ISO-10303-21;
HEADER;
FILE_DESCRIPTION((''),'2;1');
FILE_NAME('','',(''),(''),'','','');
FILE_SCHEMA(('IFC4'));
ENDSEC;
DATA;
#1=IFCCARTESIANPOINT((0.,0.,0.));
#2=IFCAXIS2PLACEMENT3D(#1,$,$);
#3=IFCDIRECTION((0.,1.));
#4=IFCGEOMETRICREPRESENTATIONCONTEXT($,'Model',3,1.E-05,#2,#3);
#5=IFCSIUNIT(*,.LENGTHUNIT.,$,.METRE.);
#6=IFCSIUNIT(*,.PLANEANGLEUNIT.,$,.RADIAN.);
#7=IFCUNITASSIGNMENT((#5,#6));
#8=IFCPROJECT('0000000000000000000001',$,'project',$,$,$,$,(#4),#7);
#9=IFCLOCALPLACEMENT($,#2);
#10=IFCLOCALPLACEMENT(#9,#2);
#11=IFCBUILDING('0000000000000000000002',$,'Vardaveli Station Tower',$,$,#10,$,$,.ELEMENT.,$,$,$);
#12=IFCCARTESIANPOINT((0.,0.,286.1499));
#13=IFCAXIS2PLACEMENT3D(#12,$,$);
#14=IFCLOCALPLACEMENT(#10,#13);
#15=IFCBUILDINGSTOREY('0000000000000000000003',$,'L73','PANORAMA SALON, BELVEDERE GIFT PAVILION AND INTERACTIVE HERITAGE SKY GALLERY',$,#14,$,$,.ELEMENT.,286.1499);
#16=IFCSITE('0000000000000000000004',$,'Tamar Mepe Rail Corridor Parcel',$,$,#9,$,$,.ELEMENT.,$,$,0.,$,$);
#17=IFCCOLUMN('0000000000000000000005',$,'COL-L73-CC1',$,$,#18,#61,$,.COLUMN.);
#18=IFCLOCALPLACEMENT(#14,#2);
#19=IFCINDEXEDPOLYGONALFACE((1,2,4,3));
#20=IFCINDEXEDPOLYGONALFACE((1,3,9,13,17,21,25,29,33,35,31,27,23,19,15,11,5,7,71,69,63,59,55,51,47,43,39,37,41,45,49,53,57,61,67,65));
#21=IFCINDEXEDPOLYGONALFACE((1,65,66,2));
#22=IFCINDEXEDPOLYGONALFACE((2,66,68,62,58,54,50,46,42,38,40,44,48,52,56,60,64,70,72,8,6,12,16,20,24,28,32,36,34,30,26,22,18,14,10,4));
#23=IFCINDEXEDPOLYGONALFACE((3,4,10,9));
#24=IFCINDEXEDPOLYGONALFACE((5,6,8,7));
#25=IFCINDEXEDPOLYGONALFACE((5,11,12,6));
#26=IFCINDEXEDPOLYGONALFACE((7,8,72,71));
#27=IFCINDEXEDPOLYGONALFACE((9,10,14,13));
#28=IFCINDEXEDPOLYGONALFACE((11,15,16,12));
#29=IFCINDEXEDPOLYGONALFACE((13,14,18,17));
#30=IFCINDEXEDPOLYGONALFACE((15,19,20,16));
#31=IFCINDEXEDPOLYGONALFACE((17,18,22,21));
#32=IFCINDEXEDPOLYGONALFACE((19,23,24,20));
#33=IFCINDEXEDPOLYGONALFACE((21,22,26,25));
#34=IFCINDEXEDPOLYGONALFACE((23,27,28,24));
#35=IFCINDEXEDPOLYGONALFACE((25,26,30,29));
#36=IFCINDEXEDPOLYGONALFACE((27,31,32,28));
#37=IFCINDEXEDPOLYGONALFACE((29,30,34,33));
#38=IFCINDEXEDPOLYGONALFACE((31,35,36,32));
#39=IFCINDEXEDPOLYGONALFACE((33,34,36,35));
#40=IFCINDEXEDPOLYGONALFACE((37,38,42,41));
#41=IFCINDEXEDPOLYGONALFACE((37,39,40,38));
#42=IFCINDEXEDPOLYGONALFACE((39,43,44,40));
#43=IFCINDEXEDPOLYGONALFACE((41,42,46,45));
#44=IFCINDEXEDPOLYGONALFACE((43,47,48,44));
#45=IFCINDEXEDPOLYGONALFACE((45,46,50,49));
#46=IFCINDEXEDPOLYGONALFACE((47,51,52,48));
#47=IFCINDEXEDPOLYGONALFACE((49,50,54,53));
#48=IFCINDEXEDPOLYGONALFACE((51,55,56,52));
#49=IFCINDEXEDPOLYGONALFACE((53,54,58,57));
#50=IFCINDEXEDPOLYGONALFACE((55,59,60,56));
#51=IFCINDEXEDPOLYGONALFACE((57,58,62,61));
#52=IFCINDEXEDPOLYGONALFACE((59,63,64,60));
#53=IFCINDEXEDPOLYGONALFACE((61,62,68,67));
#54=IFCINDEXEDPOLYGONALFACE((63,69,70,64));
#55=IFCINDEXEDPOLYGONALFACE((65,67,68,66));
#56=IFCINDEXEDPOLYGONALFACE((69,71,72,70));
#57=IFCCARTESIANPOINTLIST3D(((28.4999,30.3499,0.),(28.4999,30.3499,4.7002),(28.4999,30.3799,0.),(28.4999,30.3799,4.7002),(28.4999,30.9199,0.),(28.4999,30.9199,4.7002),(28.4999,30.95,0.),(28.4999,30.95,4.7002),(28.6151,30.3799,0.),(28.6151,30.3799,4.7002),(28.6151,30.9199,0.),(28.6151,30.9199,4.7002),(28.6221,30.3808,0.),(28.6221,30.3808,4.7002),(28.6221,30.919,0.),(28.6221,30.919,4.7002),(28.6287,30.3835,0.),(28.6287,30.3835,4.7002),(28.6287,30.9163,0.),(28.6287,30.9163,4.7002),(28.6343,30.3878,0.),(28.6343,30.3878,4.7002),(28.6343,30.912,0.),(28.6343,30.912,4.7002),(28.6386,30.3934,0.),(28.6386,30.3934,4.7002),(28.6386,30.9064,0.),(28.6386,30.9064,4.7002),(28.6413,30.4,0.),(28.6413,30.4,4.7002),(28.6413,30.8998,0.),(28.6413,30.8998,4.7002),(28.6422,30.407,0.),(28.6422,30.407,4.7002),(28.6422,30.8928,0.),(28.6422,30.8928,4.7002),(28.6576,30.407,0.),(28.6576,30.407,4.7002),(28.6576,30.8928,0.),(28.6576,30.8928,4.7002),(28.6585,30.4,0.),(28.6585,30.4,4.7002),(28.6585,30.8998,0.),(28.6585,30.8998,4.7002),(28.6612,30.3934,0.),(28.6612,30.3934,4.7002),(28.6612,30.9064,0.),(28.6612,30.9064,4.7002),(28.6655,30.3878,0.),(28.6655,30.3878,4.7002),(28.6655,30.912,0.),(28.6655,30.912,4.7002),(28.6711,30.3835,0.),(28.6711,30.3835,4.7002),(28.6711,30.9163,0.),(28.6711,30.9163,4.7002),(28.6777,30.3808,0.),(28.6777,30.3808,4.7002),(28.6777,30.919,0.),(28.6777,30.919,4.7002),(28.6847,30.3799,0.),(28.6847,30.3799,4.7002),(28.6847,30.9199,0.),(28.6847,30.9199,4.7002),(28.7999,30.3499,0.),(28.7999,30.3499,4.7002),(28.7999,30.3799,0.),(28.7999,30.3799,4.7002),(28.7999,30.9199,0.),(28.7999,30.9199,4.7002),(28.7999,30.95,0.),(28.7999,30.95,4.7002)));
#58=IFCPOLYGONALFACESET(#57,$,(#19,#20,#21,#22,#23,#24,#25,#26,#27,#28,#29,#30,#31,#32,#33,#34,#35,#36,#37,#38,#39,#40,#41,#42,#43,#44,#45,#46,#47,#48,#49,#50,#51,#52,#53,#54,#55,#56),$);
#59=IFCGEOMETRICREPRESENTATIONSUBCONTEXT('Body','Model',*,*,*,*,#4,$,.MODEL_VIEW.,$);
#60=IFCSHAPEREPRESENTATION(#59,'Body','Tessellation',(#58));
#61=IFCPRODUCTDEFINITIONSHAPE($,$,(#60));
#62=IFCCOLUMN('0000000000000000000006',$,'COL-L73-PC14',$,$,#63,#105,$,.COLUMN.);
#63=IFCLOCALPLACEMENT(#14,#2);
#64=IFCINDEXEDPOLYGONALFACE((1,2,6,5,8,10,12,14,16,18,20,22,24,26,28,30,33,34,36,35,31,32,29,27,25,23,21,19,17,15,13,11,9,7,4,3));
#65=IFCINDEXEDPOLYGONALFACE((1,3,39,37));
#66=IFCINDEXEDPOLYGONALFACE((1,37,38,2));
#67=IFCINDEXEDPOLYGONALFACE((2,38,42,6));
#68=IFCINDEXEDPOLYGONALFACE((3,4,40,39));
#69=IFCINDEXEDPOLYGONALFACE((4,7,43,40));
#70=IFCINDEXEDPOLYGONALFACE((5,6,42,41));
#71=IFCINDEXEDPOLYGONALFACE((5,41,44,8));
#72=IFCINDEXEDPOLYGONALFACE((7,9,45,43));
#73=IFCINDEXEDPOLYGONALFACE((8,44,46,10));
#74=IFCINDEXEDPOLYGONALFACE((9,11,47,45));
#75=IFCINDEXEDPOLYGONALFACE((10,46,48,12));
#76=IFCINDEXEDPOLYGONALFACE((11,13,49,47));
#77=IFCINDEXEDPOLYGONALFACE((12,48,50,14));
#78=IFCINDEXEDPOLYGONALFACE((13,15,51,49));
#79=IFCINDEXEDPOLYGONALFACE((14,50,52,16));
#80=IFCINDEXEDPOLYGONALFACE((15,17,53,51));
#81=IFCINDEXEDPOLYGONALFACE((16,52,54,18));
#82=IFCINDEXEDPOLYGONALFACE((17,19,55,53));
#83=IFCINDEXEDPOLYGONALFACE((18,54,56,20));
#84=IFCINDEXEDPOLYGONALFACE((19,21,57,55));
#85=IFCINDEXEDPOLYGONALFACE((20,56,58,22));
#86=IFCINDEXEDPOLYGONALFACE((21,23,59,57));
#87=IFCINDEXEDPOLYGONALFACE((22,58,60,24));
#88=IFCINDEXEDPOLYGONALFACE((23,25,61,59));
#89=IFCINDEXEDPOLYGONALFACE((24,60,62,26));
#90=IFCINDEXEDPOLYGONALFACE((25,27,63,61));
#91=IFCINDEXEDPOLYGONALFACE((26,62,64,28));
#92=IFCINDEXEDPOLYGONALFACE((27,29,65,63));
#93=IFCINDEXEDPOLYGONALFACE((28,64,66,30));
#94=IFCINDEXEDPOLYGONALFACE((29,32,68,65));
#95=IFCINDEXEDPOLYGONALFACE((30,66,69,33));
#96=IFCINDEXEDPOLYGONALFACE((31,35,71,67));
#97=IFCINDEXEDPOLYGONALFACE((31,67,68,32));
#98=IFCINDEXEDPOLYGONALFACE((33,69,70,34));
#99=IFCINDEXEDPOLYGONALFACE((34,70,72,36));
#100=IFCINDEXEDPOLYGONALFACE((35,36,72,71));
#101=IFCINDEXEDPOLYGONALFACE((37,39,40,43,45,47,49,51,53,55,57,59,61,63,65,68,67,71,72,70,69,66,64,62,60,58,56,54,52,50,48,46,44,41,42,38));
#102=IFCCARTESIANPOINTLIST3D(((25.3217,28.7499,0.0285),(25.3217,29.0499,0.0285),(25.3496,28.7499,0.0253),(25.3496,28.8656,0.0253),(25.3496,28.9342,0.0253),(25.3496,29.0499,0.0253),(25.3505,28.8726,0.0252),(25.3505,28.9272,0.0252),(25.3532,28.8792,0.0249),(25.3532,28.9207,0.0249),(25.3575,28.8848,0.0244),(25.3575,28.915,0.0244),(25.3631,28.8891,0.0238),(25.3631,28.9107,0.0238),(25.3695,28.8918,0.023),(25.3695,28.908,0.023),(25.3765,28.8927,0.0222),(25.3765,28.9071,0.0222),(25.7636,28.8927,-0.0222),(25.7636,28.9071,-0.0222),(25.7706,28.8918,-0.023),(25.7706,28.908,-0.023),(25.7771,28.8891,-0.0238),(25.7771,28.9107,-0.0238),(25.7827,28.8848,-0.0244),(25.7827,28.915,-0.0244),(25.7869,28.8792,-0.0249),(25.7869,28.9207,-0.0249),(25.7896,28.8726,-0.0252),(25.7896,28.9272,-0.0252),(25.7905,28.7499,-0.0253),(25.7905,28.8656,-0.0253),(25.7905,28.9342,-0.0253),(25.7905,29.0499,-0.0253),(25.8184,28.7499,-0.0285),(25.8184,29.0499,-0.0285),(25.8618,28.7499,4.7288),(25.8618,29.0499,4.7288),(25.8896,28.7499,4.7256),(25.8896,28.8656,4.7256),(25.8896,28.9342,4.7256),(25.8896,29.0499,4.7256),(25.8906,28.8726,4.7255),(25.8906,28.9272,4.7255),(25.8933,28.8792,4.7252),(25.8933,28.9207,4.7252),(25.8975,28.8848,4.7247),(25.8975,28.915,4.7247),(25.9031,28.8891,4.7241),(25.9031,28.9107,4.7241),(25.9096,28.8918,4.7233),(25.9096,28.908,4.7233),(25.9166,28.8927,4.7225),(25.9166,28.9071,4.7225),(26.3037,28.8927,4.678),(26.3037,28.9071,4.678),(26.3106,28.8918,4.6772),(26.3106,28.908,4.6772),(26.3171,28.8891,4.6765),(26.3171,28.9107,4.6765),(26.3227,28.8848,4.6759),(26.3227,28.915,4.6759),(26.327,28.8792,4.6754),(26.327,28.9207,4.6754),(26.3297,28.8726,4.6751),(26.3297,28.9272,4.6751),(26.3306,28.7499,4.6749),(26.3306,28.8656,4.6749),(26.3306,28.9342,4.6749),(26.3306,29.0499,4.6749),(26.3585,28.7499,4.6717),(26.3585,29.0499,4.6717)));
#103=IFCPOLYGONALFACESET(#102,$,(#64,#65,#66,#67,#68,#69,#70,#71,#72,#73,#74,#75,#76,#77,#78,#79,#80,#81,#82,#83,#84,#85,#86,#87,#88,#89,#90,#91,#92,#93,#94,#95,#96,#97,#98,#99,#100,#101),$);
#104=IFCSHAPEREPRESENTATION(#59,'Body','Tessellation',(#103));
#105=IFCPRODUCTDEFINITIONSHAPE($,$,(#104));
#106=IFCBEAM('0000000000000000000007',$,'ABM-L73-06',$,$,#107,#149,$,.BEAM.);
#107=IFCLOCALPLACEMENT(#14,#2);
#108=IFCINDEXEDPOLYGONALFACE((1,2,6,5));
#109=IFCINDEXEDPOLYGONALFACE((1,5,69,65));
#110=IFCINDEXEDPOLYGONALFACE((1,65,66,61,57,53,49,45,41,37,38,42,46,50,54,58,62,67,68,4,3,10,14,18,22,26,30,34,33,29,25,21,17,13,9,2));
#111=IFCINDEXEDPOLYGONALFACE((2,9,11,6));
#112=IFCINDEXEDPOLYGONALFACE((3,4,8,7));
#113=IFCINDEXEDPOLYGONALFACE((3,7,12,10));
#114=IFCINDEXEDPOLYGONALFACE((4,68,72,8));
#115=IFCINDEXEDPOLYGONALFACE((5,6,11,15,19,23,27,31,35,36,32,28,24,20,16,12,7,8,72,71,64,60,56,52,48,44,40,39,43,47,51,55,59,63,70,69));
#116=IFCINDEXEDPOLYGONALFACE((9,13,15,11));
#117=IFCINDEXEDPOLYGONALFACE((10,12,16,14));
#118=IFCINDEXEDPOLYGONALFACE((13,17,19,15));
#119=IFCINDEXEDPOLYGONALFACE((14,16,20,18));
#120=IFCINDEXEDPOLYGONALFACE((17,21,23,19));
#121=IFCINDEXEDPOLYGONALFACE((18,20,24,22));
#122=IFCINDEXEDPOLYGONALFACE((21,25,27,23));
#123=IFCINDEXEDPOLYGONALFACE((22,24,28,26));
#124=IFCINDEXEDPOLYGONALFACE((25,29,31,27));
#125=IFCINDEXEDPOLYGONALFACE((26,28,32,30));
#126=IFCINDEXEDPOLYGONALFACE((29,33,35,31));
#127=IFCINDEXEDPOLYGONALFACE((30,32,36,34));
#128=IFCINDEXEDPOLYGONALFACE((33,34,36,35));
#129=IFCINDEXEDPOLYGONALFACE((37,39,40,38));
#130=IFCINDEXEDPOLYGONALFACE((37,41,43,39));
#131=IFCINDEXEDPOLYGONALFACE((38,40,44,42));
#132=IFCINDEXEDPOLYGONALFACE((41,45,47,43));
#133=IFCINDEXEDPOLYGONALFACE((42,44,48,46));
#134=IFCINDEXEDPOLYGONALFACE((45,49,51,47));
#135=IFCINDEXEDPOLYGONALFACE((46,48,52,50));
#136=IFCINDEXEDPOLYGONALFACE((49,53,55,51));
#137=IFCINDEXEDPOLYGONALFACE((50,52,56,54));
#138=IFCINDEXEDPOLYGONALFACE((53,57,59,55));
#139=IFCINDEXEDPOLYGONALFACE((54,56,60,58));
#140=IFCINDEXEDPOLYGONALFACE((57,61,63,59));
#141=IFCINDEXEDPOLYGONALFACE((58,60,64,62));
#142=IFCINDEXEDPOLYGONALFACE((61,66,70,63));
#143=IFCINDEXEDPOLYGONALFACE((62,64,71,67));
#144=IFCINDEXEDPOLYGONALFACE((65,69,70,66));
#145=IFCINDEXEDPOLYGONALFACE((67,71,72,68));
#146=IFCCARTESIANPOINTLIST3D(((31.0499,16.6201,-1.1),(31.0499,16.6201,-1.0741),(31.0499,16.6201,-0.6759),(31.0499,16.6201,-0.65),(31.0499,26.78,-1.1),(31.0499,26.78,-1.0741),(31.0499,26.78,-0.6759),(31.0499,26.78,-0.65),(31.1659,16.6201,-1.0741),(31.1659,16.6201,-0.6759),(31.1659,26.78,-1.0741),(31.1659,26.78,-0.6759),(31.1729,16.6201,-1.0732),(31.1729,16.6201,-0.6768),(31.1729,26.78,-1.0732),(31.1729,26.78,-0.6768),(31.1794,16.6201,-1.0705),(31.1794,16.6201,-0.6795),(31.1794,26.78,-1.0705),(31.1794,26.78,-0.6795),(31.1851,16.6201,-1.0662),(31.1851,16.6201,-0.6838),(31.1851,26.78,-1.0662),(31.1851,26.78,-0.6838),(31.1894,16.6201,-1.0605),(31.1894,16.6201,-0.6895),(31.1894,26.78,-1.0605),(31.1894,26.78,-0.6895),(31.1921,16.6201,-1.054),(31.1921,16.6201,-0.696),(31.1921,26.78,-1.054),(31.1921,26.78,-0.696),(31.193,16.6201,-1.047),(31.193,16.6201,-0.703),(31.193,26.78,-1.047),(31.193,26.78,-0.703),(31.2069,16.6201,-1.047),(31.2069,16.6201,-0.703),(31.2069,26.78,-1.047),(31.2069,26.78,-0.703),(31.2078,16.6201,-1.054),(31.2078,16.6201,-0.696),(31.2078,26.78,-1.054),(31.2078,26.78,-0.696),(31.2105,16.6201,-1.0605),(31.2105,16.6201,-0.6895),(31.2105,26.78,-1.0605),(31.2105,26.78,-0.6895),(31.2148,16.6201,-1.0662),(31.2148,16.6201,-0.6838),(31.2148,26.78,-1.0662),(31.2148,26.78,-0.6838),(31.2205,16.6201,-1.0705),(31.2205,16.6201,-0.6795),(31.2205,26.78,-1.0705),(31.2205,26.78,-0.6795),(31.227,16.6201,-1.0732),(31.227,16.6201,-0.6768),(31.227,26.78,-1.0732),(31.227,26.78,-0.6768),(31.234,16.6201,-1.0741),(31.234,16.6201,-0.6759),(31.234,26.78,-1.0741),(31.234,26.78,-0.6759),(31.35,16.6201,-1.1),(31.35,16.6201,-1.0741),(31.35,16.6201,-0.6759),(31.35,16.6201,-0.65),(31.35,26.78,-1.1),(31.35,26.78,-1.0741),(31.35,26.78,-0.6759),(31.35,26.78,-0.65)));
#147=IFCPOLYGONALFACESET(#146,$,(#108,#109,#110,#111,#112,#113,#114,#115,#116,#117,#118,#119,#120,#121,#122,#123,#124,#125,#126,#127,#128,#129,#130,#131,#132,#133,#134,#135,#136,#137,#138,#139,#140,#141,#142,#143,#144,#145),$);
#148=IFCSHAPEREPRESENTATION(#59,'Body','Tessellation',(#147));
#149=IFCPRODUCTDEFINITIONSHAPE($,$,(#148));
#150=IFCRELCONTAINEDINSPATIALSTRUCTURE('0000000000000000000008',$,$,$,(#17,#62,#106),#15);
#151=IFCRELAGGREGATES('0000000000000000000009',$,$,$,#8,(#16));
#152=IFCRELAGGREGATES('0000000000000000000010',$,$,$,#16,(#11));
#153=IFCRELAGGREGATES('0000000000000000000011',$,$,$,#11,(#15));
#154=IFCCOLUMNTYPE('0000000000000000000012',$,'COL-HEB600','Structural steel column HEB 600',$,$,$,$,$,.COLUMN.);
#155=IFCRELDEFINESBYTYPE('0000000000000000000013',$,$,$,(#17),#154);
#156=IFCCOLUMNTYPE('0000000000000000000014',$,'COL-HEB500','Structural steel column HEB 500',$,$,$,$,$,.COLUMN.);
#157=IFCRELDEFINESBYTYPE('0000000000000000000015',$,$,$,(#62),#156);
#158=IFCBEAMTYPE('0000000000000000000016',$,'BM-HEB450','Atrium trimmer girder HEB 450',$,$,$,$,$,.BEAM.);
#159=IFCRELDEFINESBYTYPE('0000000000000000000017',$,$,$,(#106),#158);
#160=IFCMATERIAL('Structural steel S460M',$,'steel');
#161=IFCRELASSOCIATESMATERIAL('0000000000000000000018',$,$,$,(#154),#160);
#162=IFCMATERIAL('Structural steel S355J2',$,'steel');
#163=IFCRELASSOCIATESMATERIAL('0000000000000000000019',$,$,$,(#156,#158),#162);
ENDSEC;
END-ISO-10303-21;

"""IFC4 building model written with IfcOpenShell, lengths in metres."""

from ifc_helpers import new_model, si_unit, direction, frame, origin, origin_2d, place, context, subcontext, project, spatial, i_section, extrude, source, transform, mapped, material, material_profile, profile_set, type_object, element, save


model = new_model("IFC4")

# Units and contexts
model_context = context("Model", 3, precision=1e-05, world=origin(), true_north=direction((0.0, 1.0)))
body_context = subcontext(model_context, "Body", "Model", "MODEL_VIEW")
ifc_project = project(units=[si_unit("LENGTHUNIT", "METRE"), si_unit("PLANEANGLEUNIT", "RADIAN")], contexts=[model_context])

# Site, building, storey
site_placement = place(None, origin())
site = spatial("IfcSite", under=ifc_project, at=site_placement, Name="Tamar Mepe Rail Corridor Parcel", CompositionType="ELEMENT", RefElevation=0.0)
building_placement = place(site_placement, origin())
building = spatial("IfcBuilding", under=site, at=building_placement, Name="Vardaveli Station Tower", CompositionType="ELEMENT")
storey_placement = place(building_placement, frame((0.0, 0.0, 286.1499)))
storey = spatial("IfcBuildingStorey", under=building, at=storey_placement, Name="L73", Description="PANORAMA SALON, BELVEDERE GIFT PAVILION AND INTERACTIVE HERITAGE SKY GALLERY", CompositionType="ELEMENT", Elevation=286.1499)

# Columns
ifc_material_1 = material(Name="Structural steel S460M", Category="steel")
ifc_material_profile_1 = material_profile(ifc_material_1, i_section(OverallWidth=0.3, OverallDepth=0.6001, WebThickness=0.0154, FlangeThickness=0.03, FilletRadius=0.0271, at=origin_2d()), Name="HEB 600")
ifc_profile_set_1 = profile_set([ifc_material_profile_1], Name="Structural steel S460M")
column_type_1 = type_object("IfcColumnType", Name="COL-HEB600", Description="Structural steel column HEB 600", PredefinedType="COLUMN", material=ifc_profile_set_1)
shared_shape_1 = source(origin(), body_context, "Body", "SweptSolid", [
    extrude(i_section(OverallWidth=0.3, OverallDepth=0.6001, WebThickness=0.0154, FlangeThickness=0.03, FilletRadius=0.0271, at=origin_2d()), origin(), (0.0, 0.0, 1.0), 4.7002),
])
column_1_placement = place(storey_placement, frame((28.6499, 30.6499, 0.0), z_axis=(0.0, 0.0, 1.0), x_axis=(1.0, 0.0, 0.0)))
element("IfcColumn", 1, at=column_1_placement, inside=storey, type_object=column_type_1, Name="COL-L73-CC1", PredefinedType="COLUMN", context=body_context, shape_type="MappedRepresentation", body=[
    mapped(shared_shape_1, transform((0.0, 0.0, 0.0), scale=1.0)),
])
ifc_material_2 = material(Name="Structural steel S355J2", Category="steel")
ifc_material_profile_2 = material_profile(ifc_material_2, i_section(OverallWidth=0.3, OverallDepth=0.5, WebThickness=0.0144, FlangeThickness=0.0281, FilletRadius=0.0271, at=origin_2d()), Name="HEB 500")
ifc_profile_set_2 = profile_set([ifc_material_profile_2], Name="Structural steel S355J2")
column_type_2 = type_object("IfcColumnType", Name="COL-HEB500", Description="Structural steel column HEB 500", PredefinedType="COLUMN", material=ifc_profile_set_2)
shared_shape_2 = source(origin(), body_context, "Body", "SweptSolid", [
    extrude(i_section(OverallWidth=0.3, OverallDepth=0.5, WebThickness=0.0144, FlangeThickness=0.0281, FilletRadius=0.0271, at=origin_2d()), origin(), (0.0, 0.0, 1.0), 4.7312),
])
column_2_placement = place(storey_placement, frame((25.5701, 28.8999, 0.0), z_axis=(0.114146, 0.0, 0.993464), x_axis=(0.0, 1.0, 0.0)))
element("IfcColumn", 2, at=column_2_placement, inside=storey, type_object=column_type_2, Name="COL-L73-PC14", PredefinedType="COLUMN", context=body_context, shape_type="MappedRepresentation", body=[
    mapped(shared_shape_2, transform((0.0, 0.0, 0.0), scale=1.0)),
])

# Beam
ifc_material_profile_3 = material_profile(ifc_material_2, i_section(OverallWidth=0.3, OverallDepth=0.45, WebThickness=0.0139, FlangeThickness=0.0259, FilletRadius=0.0271, at=origin_2d()), Name="HEB 450")
ifc_profile_set_3 = profile_set([ifc_material_profile_3], Name="Structural steel S355J2")
beam_type_1 = type_object("IfcBeamType", Name="BM-HEB450", Description="Atrium trimmer girder HEB 450", PredefinedType="BEAM", material=ifc_profile_set_3)
shared_shape_3 = source(origin(), body_context, "Body", "SweptSolid", [
    extrude(i_section(OverallWidth=0.3, OverallDepth=0.45, WebThickness=0.0139, FlangeThickness=0.0259, FilletRadius=0.0271, at=origin_2d()), origin(), (0.0, 0.0, 1.0), 10.1599),
])
beam_1_placement = place(storey_placement, frame((31.2, 26.78, -0.875), z_axis=(0.0, -1.0, 0.0), x_axis=(1.0, 0.0, 0.0)))
element("IfcBeam", 3, at=beam_1_placement, inside=storey, type_object=beam_type_1, Name="ABM-L73-06", PredefinedType="BEAM", context=body_context, shape_type="MappedRepresentation", body=[
    mapped(shared_shape_3, transform((0.0, 0.0, 0.0), scale=1.0)),
])

save(model, "model.ifc")
